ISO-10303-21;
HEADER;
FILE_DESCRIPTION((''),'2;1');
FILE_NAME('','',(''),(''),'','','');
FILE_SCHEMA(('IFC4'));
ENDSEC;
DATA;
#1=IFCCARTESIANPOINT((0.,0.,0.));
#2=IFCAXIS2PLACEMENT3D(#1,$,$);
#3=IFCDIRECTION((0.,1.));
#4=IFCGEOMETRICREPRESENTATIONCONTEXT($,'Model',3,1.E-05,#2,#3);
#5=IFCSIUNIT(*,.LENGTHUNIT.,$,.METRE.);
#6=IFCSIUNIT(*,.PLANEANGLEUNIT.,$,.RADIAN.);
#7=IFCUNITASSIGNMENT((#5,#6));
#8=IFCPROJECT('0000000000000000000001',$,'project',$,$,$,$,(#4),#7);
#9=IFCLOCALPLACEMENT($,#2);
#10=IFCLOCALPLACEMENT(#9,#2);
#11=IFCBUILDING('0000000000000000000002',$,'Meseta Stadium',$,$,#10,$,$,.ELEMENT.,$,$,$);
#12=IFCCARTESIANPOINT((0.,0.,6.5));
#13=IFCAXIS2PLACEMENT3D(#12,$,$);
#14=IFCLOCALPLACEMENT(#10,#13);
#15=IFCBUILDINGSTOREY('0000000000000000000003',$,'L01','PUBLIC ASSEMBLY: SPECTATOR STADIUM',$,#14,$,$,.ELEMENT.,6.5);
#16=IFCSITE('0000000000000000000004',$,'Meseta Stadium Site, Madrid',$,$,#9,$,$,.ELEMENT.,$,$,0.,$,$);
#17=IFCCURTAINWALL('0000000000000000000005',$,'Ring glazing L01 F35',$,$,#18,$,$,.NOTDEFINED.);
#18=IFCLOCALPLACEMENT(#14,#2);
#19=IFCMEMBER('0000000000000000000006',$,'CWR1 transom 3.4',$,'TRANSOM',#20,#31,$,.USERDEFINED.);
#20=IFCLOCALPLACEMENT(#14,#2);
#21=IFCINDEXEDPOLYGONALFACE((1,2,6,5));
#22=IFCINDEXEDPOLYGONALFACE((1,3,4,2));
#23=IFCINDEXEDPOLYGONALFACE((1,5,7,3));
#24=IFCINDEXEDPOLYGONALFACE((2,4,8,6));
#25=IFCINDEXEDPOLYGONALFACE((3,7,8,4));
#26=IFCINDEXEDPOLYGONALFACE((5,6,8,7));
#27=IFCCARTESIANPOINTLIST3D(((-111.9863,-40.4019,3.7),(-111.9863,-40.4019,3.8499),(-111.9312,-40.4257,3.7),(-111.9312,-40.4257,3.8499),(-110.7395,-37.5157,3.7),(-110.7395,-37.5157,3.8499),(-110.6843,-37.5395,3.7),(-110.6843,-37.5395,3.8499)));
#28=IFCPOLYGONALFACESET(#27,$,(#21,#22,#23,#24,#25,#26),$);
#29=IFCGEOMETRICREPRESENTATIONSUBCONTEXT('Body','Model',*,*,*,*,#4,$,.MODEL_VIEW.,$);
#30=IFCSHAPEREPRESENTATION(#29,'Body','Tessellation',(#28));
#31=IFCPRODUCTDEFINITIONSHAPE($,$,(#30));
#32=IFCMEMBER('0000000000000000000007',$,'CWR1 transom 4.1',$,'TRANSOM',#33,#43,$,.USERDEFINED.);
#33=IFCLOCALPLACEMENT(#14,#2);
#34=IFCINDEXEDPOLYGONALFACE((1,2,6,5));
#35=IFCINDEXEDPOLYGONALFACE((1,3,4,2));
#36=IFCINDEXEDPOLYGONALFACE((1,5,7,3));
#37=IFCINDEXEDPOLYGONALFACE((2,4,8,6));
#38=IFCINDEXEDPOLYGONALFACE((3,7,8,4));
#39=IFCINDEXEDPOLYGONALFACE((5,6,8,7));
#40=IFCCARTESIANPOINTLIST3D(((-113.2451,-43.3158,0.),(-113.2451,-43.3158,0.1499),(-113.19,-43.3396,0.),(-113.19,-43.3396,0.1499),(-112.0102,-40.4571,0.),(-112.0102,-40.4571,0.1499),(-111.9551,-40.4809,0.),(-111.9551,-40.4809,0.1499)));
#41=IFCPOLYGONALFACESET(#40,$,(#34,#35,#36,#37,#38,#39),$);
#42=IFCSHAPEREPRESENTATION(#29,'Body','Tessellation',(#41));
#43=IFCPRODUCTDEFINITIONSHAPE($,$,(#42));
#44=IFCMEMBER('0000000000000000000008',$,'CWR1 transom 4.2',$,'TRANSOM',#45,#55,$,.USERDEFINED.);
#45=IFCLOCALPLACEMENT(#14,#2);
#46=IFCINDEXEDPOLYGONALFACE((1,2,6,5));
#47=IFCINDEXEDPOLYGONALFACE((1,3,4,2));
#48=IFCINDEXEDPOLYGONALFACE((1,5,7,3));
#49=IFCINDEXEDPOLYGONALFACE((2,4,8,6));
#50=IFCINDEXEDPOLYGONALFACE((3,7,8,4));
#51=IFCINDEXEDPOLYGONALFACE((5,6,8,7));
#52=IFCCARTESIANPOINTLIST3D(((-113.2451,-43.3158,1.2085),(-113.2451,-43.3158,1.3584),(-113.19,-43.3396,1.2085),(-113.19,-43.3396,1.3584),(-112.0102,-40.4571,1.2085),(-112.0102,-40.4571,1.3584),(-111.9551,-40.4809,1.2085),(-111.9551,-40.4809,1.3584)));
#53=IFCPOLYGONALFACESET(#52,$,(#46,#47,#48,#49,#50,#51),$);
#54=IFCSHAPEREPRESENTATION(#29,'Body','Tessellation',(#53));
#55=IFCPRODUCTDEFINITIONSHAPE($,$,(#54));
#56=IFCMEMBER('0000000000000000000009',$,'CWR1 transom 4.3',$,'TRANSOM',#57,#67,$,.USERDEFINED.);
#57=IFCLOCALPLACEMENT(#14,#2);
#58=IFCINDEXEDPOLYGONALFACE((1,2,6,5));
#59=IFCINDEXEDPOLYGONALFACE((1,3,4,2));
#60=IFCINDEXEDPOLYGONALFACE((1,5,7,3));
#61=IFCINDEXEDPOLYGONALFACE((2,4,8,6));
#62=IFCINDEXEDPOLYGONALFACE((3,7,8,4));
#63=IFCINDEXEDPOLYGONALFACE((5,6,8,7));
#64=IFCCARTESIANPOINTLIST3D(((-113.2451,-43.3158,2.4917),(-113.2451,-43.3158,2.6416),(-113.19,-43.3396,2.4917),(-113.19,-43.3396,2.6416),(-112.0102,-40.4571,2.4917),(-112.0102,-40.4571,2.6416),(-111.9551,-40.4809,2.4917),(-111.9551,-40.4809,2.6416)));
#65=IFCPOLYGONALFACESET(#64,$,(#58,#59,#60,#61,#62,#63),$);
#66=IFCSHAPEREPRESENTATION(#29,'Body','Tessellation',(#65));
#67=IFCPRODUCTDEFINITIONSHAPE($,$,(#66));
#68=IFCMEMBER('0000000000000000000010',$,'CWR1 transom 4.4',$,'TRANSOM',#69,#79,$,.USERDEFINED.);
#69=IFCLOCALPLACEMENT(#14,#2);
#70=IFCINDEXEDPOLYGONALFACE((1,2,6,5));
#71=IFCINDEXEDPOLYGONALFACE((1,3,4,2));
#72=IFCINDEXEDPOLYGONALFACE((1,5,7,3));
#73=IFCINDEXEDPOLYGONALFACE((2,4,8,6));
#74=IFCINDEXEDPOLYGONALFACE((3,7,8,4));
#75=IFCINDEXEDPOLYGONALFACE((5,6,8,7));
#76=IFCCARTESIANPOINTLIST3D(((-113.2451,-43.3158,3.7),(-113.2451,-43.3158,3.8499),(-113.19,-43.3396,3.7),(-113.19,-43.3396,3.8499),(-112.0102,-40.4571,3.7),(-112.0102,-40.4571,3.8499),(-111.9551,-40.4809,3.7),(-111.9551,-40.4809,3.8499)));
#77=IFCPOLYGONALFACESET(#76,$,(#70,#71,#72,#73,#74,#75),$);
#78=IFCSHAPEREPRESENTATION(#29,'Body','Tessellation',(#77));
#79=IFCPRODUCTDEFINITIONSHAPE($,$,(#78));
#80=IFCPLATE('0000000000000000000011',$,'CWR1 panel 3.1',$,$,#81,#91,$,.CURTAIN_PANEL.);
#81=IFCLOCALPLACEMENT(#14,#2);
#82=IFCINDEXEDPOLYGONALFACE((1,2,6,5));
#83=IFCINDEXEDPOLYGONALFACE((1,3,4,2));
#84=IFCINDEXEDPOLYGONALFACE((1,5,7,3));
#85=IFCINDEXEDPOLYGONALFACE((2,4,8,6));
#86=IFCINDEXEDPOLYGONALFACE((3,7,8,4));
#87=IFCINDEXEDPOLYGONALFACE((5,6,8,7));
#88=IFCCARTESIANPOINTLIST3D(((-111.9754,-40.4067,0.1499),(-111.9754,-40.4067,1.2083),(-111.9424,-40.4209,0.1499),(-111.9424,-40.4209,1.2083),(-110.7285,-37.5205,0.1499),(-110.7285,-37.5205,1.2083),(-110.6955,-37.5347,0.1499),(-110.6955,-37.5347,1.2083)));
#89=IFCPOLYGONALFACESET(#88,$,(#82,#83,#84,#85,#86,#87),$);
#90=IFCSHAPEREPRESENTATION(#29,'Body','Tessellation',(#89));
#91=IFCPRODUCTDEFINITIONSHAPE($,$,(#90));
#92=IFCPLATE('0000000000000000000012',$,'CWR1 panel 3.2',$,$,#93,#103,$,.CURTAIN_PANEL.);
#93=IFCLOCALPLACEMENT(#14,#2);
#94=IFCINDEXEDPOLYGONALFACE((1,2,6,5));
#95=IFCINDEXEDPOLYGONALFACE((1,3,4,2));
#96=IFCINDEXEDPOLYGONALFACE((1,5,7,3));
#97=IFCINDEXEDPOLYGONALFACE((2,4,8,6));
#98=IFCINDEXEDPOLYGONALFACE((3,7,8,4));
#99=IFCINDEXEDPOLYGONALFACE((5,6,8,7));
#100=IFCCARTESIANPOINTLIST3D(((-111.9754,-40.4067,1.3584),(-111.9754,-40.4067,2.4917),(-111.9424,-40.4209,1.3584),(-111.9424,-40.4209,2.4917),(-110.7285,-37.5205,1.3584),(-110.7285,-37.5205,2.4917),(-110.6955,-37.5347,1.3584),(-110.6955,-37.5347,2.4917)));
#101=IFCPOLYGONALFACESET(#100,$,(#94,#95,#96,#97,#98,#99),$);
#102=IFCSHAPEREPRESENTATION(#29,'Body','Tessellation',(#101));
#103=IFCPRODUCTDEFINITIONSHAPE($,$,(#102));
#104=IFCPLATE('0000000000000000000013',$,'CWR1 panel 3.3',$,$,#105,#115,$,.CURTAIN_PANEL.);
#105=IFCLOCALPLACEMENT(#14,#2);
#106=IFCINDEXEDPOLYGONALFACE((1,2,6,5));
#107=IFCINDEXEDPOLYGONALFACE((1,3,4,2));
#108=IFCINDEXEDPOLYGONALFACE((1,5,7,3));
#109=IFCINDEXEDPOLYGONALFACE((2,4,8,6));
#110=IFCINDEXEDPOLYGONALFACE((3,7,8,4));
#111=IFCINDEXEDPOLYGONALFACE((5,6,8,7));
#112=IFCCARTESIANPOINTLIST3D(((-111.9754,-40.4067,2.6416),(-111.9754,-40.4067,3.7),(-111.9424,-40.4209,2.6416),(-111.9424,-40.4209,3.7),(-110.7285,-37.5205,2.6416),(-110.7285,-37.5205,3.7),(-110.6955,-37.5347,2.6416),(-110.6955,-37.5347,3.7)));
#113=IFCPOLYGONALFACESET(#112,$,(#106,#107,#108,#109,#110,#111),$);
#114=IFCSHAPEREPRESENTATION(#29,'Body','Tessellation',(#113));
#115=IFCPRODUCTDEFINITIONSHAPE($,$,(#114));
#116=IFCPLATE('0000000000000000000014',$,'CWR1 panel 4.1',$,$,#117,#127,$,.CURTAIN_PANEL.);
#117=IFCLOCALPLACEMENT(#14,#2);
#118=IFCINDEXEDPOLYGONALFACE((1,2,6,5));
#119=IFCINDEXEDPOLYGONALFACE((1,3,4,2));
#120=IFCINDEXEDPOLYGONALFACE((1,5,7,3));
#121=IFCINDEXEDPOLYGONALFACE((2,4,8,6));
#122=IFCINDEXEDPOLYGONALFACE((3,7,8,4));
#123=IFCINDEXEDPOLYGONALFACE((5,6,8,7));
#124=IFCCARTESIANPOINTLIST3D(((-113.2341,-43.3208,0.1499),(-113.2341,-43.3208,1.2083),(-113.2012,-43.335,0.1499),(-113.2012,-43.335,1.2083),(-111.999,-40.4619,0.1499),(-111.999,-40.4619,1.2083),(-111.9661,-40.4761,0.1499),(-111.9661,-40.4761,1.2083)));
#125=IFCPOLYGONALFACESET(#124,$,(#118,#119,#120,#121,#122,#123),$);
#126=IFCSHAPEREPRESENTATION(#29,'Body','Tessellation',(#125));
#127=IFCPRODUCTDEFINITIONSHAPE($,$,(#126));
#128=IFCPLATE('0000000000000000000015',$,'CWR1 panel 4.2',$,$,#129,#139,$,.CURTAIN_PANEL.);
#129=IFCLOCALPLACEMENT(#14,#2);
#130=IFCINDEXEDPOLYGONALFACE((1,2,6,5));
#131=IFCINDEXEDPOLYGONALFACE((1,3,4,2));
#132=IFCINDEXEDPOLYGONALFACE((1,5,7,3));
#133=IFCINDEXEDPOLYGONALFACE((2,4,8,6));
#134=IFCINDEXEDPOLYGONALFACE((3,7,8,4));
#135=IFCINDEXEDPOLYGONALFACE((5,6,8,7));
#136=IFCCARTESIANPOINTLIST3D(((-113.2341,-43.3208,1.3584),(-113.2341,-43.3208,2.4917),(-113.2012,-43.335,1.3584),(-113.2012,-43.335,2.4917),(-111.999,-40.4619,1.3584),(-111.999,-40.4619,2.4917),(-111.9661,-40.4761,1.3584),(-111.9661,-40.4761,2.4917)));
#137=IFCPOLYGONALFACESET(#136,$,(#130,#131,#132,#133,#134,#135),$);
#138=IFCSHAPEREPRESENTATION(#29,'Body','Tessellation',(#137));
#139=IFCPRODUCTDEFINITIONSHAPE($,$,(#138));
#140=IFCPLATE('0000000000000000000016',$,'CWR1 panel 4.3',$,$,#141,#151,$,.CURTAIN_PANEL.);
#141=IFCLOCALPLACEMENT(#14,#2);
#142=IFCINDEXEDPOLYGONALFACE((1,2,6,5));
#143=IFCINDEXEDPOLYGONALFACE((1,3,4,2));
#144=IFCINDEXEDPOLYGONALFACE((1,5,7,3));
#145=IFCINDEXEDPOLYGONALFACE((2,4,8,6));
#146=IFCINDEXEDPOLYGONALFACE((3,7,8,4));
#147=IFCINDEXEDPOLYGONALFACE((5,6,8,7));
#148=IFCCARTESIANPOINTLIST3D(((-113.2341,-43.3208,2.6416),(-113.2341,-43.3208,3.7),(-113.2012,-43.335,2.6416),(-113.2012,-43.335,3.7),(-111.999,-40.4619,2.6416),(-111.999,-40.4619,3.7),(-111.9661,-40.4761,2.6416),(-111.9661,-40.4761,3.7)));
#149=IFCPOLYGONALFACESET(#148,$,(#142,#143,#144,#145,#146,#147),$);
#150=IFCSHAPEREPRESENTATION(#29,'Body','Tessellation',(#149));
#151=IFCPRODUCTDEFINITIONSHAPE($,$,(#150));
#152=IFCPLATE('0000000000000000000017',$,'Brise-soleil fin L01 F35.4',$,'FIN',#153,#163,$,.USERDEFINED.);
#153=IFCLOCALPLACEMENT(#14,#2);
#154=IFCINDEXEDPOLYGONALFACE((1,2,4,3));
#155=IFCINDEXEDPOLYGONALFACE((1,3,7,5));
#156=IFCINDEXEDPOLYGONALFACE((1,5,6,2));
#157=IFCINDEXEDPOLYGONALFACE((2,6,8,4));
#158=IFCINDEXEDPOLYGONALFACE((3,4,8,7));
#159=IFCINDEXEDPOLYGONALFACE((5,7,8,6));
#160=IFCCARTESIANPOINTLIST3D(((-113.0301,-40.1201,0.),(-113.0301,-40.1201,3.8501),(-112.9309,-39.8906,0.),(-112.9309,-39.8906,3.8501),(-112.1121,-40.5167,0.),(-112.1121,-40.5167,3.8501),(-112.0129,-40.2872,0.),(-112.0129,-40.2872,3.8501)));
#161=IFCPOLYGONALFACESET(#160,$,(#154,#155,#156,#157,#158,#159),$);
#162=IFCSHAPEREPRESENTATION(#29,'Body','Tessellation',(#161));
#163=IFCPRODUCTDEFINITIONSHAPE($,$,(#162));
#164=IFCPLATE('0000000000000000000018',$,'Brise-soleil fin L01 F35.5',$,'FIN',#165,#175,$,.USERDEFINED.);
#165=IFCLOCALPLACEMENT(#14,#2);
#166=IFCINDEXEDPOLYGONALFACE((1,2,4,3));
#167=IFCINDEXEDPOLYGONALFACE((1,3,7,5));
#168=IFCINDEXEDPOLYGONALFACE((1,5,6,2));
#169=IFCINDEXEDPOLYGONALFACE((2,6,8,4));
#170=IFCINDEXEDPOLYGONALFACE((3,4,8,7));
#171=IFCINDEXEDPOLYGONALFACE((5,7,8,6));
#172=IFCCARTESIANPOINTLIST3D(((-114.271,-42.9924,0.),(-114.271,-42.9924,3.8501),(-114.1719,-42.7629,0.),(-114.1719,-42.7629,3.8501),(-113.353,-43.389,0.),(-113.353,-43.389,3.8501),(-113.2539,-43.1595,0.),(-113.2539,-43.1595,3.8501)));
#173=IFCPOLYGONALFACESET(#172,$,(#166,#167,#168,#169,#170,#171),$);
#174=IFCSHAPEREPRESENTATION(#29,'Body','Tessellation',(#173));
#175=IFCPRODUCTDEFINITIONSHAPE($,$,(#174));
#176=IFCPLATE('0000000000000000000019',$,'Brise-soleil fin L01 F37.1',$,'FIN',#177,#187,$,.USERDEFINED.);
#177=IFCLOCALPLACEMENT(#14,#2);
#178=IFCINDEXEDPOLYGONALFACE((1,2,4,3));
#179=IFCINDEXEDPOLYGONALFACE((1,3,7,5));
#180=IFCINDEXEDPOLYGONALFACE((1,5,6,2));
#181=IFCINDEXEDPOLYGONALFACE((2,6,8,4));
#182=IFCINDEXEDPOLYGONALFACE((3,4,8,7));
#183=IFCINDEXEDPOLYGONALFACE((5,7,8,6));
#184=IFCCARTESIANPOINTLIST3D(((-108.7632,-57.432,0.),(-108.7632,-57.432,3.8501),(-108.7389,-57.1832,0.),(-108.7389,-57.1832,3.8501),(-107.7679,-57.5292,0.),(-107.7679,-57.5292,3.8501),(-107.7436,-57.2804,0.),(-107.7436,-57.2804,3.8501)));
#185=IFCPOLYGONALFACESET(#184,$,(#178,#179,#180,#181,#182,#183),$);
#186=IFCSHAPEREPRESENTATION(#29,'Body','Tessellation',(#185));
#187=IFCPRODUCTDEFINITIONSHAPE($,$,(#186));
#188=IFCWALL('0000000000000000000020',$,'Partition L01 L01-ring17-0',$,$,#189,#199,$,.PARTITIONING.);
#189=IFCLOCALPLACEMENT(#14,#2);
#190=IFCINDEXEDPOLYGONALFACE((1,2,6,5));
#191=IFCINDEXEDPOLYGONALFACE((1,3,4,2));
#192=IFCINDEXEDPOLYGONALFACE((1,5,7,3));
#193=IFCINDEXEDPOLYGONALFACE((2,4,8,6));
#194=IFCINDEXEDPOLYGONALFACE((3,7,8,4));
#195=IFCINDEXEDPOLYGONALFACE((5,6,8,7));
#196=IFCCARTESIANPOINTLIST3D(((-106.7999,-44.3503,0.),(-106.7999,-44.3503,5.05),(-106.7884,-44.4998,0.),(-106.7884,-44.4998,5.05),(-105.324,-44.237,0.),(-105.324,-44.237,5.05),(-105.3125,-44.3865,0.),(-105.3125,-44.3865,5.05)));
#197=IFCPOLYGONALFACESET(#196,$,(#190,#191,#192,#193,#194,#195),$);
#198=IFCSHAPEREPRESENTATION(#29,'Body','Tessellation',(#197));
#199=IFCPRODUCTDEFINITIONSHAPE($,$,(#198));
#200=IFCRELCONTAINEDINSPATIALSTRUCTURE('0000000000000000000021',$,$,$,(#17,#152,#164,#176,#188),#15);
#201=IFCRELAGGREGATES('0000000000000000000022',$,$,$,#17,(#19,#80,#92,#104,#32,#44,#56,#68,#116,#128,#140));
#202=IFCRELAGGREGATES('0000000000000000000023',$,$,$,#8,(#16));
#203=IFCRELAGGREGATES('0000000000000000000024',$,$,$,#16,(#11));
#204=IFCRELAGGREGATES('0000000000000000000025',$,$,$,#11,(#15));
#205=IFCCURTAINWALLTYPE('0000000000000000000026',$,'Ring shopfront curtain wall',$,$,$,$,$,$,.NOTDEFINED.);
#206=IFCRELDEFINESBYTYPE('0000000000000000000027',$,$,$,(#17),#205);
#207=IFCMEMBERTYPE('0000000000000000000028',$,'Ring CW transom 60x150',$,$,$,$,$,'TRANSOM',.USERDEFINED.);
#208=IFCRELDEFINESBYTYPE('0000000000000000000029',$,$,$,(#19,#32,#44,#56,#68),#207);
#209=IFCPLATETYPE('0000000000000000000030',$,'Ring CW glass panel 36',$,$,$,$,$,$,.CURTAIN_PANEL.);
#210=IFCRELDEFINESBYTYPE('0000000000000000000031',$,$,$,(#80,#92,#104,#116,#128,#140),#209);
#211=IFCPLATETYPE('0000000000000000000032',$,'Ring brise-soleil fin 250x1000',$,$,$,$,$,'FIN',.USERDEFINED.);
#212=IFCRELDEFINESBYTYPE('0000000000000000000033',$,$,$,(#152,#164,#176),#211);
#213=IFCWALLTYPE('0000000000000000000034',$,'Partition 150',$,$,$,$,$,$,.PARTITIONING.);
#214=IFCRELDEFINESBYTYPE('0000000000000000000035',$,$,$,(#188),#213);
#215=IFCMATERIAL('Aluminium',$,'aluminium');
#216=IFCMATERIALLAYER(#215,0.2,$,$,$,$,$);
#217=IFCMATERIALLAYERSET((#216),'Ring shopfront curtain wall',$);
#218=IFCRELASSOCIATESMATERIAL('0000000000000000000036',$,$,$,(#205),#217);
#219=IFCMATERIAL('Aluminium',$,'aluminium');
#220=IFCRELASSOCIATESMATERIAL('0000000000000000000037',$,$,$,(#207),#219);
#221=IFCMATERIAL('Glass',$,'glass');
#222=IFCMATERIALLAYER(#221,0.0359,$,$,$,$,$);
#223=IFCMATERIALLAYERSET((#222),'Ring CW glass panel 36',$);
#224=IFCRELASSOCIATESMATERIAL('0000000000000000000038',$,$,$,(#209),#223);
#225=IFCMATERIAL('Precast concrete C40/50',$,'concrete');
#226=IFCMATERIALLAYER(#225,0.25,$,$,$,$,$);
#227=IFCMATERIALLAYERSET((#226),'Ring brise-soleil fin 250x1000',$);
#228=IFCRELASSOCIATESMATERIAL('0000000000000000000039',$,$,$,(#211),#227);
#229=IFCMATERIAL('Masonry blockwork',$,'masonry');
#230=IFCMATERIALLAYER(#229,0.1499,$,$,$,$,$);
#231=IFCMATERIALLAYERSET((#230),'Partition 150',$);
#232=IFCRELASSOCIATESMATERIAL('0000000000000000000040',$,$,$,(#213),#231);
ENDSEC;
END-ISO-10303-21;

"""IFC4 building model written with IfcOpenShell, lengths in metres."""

from ifc_helpers import new_model, si_unit, direction, frame, frame_2d, origin, origin_2d, place, context, subcontext, project, spatial, rectangle, extrude, material, layer, layer_set, material_profile, profile_set, type_object, element, aggregate, save


model = new_model("IFC4")

# Units and contexts
model_context = context("Model", 3, precision=1e-05, world=origin(), true_north=direction((0.0, 1.0)))
body_context = subcontext(model_context, "Body", "Model", "MODEL_VIEW")
ifc_project = project(units=[si_unit("LENGTHUNIT", "METRE"), si_unit("PLANEANGLEUNIT", "RADIAN")], contexts=[model_context])

# Site, building, storey
site_placement = place(None, origin())
site = spatial("IfcSite", under=ifc_project, at=site_placement, Name="Meseta Stadium Site, Madrid", CompositionType="ELEMENT", RefElevation=0.0)
building_placement = place(site_placement, origin())
building = spatial("IfcBuilding", under=site, at=building_placement, Name="Meseta Stadium", CompositionType="ELEMENT")
storey_placement = place(building_placement, frame((0.0, 0.0, 6.5)))
storey = spatial("IfcBuildingStorey", under=building, at=storey_placement, Name="L01", Description="PUBLIC ASSEMBLY: SPECTATOR STADIUM", CompositionType="ELEMENT", Elevation=6.5)

# Curtain wall
ifc_material_1 = material(Name="Aluminium", Category="aluminium")
ifc_layer_1 = layer(ifc_material_1, 0.2)
ifc_layer_set_1 = layer_set([ifc_layer_1], Name="Ring shopfront curtain wall")
curtain_wall_type = type_object("IfcCurtainWallType", Name="Ring shopfront curtain wall", PredefinedType="NOTDEFINED", material=ifc_layer_set_1)
curtain_wall_1_placement = place(storey_placement, origin())
curtain_wall_1 = element("IfcCurtainWall", 1, at=curtain_wall_1_placement, inside=storey, type_object=curtain_wall_type, Name="Ring glazing L01 F35", PredefinedType="NOTDEFINED")

# Members
ifc_material_2 = material(Name="Aluminium", Category="aluminium")
ifc_material_profile_1 = material_profile(ifc_material_2, rectangle(XDim=0.0601, YDim=0.1499, at=origin_2d()), Name="CW 60x150")
ifc_profile_set_1 = profile_set([ifc_material_profile_1], Name="Aluminium")
member_type_1 = type_object("IfcMemberType", Name="Ring CW transom 60x150", ElementType="TRANSOM", PredefinedType="USERDEFINED", material=ifc_profile_set_1)
member_1_placement = place(storey_placement, frame((-110.7119, -37.5276, 3.7749), z_axis=(-0.39657, -0.918005, 0.0), x_axis=(0.918005, -0.39657, 0.0)))
member_1 = element("IfcMember", 2, at=member_1_placement, type_object=member_type_1, Name="CWR1 transom 3.4", ObjectType="TRANSOM", PredefinedType="USERDEFINED", context=body_context, shape_type="SweptSolid", body=[
    extrude(rectangle(XDim=0.0601, YDim=0.1499, at=origin_2d()), origin(), (0.0, 0.0, 1.0), 3.144),
])
member_2_placement = place(storey_placement, frame((-111.9827, -40.469, 0.075), z_axis=(-0.396558, -0.91801, 0.0), x_axis=(0.91801, -0.396558, 0.0)))
member_2 = element("IfcMember", 3, at=member_2_placement, type_object=member_type_1, Name="CWR1 transom 4.1", ObjectType="TRANSOM", PredefinedType="USERDEFINED", context=body_context, shape_type="SweptSolid", body=[
    extrude(rectangle(XDim=0.0601, YDim=0.1499, at=origin_2d()), origin(), (0.0, 0.0, 1.0), 3.114),
])
member_3_placement = place(storey_placement, frame((-111.9827, -40.469, 1.2834), z_axis=(-0.396558, -0.91801, 0.0), x_axis=(0.91801, -0.396558, 0.0)))
member_3 = element("IfcMember", 4, at=member_3_placement, type_object=member_type_1, Name="CWR1 transom 4.2", ObjectType="TRANSOM", PredefinedType="USERDEFINED", context=body_context, shape_type="SweptSolid", body=[
    extrude(rectangle(XDim=0.0601, YDim=0.1499, at=origin_2d()), origin(), (0.0, 0.0, 1.0), 3.114),
])
member_4_placement = place(storey_placement, frame((-111.9827, -40.469, 2.5667), z_axis=(-0.396558, -0.91801, 0.0), x_axis=(0.91801, -0.396558, 0.0)))
member_4 = element("IfcMember", 5, at=member_4_placement, type_object=member_type_1, Name="CWR1 transom 4.3", ObjectType="TRANSOM", PredefinedType="USERDEFINED", context=body_context, shape_type="SweptSolid", body=[
    extrude(rectangle(XDim=0.0601, YDim=0.1499, at=origin_2d()), origin(), (0.0, 0.0, 1.0), 3.114),
])
member_5_placement = place(storey_placement, frame((-111.9827, -40.469, 3.7749), z_axis=(-0.396558, -0.91801, 0.0), x_axis=(0.91801, -0.396558, 0.0)))
member_5 = element("IfcMember", 6, at=member_5_placement, type_object=member_type_1, Name="CWR1 transom 4.4", ObjectType="TRANSOM", PredefinedType="USERDEFINED", context=body_context, shape_type="SweptSolid", body=[
    extrude(rectangle(XDim=0.0601, YDim=0.1499, at=origin_2d()), origin(), (0.0, 0.0, 1.0), 3.114),
])

# Plates
ifc_material_3 = material(Name="Glass", Category="glass")
ifc_layer_2 = layer(ifc_material_3, 0.0359)
ifc_layer_set_2 = layer_set([ifc_layer_2], Name="Ring CW glass panel 36")
plate_type_1 = type_object("IfcPlateType", Name="Ring CW glass panel 36", PredefinedType="CURTAIN_PANEL", material=ifc_layer_set_2)
plate_1_placement = place(storey_placement, frame((-111.3354, -38.9707, 0.1499), z_axis=(0.0, 0.0, 1.0), x_axis=(-0.396581, -0.918, 0.0)))
plate_1 = element("IfcPlate", 7, at=plate_1_placement, type_object=plate_type_1, Name="CWR1 panel 3.1", PredefinedType="CURTAIN_PANEL", context=body_context, shape_type="SweptSolid", body=[
    extrude(rectangle(XDim=3.144, YDim=0.0359, at=origin_2d()), origin(), (0.0, 0.0, 1.0), 1.0583),
])
plate_2_placement = place(storey_placement, frame((-111.3354, -38.9707, 1.3584), z_axis=(0.0, 0.0, 1.0), x_axis=(-0.396581, -0.918, 0.0)))
plate_2 = element("IfcPlate", 8, at=plate_2_placement, type_object=plate_type_1, Name="CWR1 panel 3.2", PredefinedType="CURTAIN_PANEL", context=body_context, shape_type="SweptSolid", body=[
    extrude(rectangle(XDim=3.144, YDim=0.0359, at=origin_2d()), origin(), (0.0, 0.0, 1.0), 1.1333),
])
plate_3_placement = place(storey_placement, frame((-111.3354, -38.9707, 2.6416), z_axis=(0.0, 0.0, 1.0), x_axis=(-0.396581, -0.918, 0.0)))
plate_3 = element("IfcPlate", 9, at=plate_3_placement, type_object=plate_type_1, Name="CWR1 panel 3.3", PredefinedType="CURTAIN_PANEL", context=body_context, shape_type="SweptSolid", body=[
    extrude(rectangle(XDim=3.144, YDim=0.0359, at=origin_2d()), origin(), (0.0, 0.0, 1.0), 1.0583),
])
plate_4_placement = place(storey_placement, frame((-112.6001, -41.8984, 0.1499), z_axis=(0.0, 0.0, 1.0), x_axis=(-0.396581, -0.918, 0.0)))
plate_4 = element("IfcPlate", 10, at=plate_4_placement, type_object=plate_type_1, Name="CWR1 panel 4.1", PredefinedType="CURTAIN_PANEL", context=body_context, shape_type="SweptSolid", body=[
    extrude(rectangle(XDim=3.1143, YDim=0.0359, at=origin_2d()), origin(), (0.0, 0.0, 1.0), 1.0583),
])
plate_5_placement = place(storey_placement, frame((-112.6001, -41.8984, 1.3584), z_axis=(0.0, 0.0, 1.0), x_axis=(-0.396581, -0.918, 0.0)))
plate_5 = element("IfcPlate", 11, at=plate_5_placement, type_object=plate_type_1, Name="CWR1 panel 4.2", PredefinedType="CURTAIN_PANEL", context=body_context, shape_type="SweptSolid", body=[
    extrude(rectangle(XDim=3.1143, YDim=0.0359, at=origin_2d()), origin(), (0.0, 0.0, 1.0), 1.1333),
])
plate_6_placement = place(storey_placement, frame((-112.6001, -41.8984, 2.6416), z_axis=(0.0, 0.0, 1.0), x_axis=(-0.396581, -0.918, 0.0)))
plate_6 = element("IfcPlate", 12, at=plate_6_placement, type_object=plate_type_1, Name="CWR1 panel 4.3", PredefinedType="CURTAIN_PANEL", context=body_context, shape_type="SweptSolid", body=[
    extrude(rectangle(XDim=3.1143, YDim=0.0359, at=origin_2d()), origin(), (0.0, 0.0, 1.0), 1.0583),
])
aggregate(curtain_wall_1, [member_1, plate_1, plate_2, plate_3, member_2, member_3, member_4, member_5, plate_4, plate_5, plate_6])

# Plates
ifc_material_4 = material(Name="Precast concrete C40/50", Category="concrete")
ifc_layer_3 = layer(ifc_material_4, 0.25)
ifc_layer_set_3 = layer_set([ifc_layer_3], Name="Ring brise-soleil fin 250x1000")
plate_type_2 = type_object("IfcPlateType", Name="Ring brise-soleil fin 250x1000", ElementType="FIN", PredefinedType="USERDEFINED", material=ifc_layer_set_3)
for number, where, z_axis, x_axis, name in (
    (13, (-112.5215, -40.2036, 0.0), (0.0, 0.0, 1.0), (-0.396576, -0.918002, 0.0), "Brise-soleil fin L01 F35.4"),
    (14, (-113.7625, -43.0759, 0.0), (0.0, 0.0, 1.0), (-0.396576, -0.918002, 0.0), "Brise-soleil fin L01 F35.5"),
    (15, (-108.2534, -57.3562, 0.0), (0.0, 0.0, 1.0), (-0.097123, -0.995272, 0.0), "Brise-soleil fin L01 F37.1"),
):
    element("IfcPlate", number, at=place(storey_placement, frame(where, z_axis=z_axis, x_axis=x_axis)), inside=storey, type_object=plate_type_2, Name=name, ObjectType="FIN", PredefinedType="USERDEFINED", context=body_context, shape_type="SweptSolid", body=[
        extrude(rectangle(XDim=0.25, YDim=1.0, at=origin_2d()), origin(), (0.0, 0.0, 1.0), 3.8501),
    ])

# Wall
ifc_material_5 = material(Name="Masonry blockwork", Category="masonry")
ifc_layer_4 = layer(ifc_material_5, 0.1499)
ifc_layer_set_4 = layer_set([ifc_layer_4], Name="Partition 150")
wall_type_1 = type_object("IfcWallType", Name="Partition 150", PredefinedType="PARTITIONING", material=ifc_layer_set_4)
wall_1_placement = place(storey_placement, frame((-105.3181, -44.3118, 0.0), z_axis=(0.0, 0.0, 1.0), x_axis=(-0.997067, -0.076533, 0.0)))
element("IfcWall", 16, at=wall_1_placement, inside=storey, type_object=wall_type_1, Name="Partition L01 L01-ring17-0", PredefinedType="PARTITIONING", context=body_context, shape_type="SweptSolid", body=[
    extrude(rectangle(XDim=1.4802, YDim=0.1499, at=frame_2d((0.7402, 0.0))), origin(), (0.0, 0.0, 1.0), 5.05),
])

save(model, "model.ifc")
